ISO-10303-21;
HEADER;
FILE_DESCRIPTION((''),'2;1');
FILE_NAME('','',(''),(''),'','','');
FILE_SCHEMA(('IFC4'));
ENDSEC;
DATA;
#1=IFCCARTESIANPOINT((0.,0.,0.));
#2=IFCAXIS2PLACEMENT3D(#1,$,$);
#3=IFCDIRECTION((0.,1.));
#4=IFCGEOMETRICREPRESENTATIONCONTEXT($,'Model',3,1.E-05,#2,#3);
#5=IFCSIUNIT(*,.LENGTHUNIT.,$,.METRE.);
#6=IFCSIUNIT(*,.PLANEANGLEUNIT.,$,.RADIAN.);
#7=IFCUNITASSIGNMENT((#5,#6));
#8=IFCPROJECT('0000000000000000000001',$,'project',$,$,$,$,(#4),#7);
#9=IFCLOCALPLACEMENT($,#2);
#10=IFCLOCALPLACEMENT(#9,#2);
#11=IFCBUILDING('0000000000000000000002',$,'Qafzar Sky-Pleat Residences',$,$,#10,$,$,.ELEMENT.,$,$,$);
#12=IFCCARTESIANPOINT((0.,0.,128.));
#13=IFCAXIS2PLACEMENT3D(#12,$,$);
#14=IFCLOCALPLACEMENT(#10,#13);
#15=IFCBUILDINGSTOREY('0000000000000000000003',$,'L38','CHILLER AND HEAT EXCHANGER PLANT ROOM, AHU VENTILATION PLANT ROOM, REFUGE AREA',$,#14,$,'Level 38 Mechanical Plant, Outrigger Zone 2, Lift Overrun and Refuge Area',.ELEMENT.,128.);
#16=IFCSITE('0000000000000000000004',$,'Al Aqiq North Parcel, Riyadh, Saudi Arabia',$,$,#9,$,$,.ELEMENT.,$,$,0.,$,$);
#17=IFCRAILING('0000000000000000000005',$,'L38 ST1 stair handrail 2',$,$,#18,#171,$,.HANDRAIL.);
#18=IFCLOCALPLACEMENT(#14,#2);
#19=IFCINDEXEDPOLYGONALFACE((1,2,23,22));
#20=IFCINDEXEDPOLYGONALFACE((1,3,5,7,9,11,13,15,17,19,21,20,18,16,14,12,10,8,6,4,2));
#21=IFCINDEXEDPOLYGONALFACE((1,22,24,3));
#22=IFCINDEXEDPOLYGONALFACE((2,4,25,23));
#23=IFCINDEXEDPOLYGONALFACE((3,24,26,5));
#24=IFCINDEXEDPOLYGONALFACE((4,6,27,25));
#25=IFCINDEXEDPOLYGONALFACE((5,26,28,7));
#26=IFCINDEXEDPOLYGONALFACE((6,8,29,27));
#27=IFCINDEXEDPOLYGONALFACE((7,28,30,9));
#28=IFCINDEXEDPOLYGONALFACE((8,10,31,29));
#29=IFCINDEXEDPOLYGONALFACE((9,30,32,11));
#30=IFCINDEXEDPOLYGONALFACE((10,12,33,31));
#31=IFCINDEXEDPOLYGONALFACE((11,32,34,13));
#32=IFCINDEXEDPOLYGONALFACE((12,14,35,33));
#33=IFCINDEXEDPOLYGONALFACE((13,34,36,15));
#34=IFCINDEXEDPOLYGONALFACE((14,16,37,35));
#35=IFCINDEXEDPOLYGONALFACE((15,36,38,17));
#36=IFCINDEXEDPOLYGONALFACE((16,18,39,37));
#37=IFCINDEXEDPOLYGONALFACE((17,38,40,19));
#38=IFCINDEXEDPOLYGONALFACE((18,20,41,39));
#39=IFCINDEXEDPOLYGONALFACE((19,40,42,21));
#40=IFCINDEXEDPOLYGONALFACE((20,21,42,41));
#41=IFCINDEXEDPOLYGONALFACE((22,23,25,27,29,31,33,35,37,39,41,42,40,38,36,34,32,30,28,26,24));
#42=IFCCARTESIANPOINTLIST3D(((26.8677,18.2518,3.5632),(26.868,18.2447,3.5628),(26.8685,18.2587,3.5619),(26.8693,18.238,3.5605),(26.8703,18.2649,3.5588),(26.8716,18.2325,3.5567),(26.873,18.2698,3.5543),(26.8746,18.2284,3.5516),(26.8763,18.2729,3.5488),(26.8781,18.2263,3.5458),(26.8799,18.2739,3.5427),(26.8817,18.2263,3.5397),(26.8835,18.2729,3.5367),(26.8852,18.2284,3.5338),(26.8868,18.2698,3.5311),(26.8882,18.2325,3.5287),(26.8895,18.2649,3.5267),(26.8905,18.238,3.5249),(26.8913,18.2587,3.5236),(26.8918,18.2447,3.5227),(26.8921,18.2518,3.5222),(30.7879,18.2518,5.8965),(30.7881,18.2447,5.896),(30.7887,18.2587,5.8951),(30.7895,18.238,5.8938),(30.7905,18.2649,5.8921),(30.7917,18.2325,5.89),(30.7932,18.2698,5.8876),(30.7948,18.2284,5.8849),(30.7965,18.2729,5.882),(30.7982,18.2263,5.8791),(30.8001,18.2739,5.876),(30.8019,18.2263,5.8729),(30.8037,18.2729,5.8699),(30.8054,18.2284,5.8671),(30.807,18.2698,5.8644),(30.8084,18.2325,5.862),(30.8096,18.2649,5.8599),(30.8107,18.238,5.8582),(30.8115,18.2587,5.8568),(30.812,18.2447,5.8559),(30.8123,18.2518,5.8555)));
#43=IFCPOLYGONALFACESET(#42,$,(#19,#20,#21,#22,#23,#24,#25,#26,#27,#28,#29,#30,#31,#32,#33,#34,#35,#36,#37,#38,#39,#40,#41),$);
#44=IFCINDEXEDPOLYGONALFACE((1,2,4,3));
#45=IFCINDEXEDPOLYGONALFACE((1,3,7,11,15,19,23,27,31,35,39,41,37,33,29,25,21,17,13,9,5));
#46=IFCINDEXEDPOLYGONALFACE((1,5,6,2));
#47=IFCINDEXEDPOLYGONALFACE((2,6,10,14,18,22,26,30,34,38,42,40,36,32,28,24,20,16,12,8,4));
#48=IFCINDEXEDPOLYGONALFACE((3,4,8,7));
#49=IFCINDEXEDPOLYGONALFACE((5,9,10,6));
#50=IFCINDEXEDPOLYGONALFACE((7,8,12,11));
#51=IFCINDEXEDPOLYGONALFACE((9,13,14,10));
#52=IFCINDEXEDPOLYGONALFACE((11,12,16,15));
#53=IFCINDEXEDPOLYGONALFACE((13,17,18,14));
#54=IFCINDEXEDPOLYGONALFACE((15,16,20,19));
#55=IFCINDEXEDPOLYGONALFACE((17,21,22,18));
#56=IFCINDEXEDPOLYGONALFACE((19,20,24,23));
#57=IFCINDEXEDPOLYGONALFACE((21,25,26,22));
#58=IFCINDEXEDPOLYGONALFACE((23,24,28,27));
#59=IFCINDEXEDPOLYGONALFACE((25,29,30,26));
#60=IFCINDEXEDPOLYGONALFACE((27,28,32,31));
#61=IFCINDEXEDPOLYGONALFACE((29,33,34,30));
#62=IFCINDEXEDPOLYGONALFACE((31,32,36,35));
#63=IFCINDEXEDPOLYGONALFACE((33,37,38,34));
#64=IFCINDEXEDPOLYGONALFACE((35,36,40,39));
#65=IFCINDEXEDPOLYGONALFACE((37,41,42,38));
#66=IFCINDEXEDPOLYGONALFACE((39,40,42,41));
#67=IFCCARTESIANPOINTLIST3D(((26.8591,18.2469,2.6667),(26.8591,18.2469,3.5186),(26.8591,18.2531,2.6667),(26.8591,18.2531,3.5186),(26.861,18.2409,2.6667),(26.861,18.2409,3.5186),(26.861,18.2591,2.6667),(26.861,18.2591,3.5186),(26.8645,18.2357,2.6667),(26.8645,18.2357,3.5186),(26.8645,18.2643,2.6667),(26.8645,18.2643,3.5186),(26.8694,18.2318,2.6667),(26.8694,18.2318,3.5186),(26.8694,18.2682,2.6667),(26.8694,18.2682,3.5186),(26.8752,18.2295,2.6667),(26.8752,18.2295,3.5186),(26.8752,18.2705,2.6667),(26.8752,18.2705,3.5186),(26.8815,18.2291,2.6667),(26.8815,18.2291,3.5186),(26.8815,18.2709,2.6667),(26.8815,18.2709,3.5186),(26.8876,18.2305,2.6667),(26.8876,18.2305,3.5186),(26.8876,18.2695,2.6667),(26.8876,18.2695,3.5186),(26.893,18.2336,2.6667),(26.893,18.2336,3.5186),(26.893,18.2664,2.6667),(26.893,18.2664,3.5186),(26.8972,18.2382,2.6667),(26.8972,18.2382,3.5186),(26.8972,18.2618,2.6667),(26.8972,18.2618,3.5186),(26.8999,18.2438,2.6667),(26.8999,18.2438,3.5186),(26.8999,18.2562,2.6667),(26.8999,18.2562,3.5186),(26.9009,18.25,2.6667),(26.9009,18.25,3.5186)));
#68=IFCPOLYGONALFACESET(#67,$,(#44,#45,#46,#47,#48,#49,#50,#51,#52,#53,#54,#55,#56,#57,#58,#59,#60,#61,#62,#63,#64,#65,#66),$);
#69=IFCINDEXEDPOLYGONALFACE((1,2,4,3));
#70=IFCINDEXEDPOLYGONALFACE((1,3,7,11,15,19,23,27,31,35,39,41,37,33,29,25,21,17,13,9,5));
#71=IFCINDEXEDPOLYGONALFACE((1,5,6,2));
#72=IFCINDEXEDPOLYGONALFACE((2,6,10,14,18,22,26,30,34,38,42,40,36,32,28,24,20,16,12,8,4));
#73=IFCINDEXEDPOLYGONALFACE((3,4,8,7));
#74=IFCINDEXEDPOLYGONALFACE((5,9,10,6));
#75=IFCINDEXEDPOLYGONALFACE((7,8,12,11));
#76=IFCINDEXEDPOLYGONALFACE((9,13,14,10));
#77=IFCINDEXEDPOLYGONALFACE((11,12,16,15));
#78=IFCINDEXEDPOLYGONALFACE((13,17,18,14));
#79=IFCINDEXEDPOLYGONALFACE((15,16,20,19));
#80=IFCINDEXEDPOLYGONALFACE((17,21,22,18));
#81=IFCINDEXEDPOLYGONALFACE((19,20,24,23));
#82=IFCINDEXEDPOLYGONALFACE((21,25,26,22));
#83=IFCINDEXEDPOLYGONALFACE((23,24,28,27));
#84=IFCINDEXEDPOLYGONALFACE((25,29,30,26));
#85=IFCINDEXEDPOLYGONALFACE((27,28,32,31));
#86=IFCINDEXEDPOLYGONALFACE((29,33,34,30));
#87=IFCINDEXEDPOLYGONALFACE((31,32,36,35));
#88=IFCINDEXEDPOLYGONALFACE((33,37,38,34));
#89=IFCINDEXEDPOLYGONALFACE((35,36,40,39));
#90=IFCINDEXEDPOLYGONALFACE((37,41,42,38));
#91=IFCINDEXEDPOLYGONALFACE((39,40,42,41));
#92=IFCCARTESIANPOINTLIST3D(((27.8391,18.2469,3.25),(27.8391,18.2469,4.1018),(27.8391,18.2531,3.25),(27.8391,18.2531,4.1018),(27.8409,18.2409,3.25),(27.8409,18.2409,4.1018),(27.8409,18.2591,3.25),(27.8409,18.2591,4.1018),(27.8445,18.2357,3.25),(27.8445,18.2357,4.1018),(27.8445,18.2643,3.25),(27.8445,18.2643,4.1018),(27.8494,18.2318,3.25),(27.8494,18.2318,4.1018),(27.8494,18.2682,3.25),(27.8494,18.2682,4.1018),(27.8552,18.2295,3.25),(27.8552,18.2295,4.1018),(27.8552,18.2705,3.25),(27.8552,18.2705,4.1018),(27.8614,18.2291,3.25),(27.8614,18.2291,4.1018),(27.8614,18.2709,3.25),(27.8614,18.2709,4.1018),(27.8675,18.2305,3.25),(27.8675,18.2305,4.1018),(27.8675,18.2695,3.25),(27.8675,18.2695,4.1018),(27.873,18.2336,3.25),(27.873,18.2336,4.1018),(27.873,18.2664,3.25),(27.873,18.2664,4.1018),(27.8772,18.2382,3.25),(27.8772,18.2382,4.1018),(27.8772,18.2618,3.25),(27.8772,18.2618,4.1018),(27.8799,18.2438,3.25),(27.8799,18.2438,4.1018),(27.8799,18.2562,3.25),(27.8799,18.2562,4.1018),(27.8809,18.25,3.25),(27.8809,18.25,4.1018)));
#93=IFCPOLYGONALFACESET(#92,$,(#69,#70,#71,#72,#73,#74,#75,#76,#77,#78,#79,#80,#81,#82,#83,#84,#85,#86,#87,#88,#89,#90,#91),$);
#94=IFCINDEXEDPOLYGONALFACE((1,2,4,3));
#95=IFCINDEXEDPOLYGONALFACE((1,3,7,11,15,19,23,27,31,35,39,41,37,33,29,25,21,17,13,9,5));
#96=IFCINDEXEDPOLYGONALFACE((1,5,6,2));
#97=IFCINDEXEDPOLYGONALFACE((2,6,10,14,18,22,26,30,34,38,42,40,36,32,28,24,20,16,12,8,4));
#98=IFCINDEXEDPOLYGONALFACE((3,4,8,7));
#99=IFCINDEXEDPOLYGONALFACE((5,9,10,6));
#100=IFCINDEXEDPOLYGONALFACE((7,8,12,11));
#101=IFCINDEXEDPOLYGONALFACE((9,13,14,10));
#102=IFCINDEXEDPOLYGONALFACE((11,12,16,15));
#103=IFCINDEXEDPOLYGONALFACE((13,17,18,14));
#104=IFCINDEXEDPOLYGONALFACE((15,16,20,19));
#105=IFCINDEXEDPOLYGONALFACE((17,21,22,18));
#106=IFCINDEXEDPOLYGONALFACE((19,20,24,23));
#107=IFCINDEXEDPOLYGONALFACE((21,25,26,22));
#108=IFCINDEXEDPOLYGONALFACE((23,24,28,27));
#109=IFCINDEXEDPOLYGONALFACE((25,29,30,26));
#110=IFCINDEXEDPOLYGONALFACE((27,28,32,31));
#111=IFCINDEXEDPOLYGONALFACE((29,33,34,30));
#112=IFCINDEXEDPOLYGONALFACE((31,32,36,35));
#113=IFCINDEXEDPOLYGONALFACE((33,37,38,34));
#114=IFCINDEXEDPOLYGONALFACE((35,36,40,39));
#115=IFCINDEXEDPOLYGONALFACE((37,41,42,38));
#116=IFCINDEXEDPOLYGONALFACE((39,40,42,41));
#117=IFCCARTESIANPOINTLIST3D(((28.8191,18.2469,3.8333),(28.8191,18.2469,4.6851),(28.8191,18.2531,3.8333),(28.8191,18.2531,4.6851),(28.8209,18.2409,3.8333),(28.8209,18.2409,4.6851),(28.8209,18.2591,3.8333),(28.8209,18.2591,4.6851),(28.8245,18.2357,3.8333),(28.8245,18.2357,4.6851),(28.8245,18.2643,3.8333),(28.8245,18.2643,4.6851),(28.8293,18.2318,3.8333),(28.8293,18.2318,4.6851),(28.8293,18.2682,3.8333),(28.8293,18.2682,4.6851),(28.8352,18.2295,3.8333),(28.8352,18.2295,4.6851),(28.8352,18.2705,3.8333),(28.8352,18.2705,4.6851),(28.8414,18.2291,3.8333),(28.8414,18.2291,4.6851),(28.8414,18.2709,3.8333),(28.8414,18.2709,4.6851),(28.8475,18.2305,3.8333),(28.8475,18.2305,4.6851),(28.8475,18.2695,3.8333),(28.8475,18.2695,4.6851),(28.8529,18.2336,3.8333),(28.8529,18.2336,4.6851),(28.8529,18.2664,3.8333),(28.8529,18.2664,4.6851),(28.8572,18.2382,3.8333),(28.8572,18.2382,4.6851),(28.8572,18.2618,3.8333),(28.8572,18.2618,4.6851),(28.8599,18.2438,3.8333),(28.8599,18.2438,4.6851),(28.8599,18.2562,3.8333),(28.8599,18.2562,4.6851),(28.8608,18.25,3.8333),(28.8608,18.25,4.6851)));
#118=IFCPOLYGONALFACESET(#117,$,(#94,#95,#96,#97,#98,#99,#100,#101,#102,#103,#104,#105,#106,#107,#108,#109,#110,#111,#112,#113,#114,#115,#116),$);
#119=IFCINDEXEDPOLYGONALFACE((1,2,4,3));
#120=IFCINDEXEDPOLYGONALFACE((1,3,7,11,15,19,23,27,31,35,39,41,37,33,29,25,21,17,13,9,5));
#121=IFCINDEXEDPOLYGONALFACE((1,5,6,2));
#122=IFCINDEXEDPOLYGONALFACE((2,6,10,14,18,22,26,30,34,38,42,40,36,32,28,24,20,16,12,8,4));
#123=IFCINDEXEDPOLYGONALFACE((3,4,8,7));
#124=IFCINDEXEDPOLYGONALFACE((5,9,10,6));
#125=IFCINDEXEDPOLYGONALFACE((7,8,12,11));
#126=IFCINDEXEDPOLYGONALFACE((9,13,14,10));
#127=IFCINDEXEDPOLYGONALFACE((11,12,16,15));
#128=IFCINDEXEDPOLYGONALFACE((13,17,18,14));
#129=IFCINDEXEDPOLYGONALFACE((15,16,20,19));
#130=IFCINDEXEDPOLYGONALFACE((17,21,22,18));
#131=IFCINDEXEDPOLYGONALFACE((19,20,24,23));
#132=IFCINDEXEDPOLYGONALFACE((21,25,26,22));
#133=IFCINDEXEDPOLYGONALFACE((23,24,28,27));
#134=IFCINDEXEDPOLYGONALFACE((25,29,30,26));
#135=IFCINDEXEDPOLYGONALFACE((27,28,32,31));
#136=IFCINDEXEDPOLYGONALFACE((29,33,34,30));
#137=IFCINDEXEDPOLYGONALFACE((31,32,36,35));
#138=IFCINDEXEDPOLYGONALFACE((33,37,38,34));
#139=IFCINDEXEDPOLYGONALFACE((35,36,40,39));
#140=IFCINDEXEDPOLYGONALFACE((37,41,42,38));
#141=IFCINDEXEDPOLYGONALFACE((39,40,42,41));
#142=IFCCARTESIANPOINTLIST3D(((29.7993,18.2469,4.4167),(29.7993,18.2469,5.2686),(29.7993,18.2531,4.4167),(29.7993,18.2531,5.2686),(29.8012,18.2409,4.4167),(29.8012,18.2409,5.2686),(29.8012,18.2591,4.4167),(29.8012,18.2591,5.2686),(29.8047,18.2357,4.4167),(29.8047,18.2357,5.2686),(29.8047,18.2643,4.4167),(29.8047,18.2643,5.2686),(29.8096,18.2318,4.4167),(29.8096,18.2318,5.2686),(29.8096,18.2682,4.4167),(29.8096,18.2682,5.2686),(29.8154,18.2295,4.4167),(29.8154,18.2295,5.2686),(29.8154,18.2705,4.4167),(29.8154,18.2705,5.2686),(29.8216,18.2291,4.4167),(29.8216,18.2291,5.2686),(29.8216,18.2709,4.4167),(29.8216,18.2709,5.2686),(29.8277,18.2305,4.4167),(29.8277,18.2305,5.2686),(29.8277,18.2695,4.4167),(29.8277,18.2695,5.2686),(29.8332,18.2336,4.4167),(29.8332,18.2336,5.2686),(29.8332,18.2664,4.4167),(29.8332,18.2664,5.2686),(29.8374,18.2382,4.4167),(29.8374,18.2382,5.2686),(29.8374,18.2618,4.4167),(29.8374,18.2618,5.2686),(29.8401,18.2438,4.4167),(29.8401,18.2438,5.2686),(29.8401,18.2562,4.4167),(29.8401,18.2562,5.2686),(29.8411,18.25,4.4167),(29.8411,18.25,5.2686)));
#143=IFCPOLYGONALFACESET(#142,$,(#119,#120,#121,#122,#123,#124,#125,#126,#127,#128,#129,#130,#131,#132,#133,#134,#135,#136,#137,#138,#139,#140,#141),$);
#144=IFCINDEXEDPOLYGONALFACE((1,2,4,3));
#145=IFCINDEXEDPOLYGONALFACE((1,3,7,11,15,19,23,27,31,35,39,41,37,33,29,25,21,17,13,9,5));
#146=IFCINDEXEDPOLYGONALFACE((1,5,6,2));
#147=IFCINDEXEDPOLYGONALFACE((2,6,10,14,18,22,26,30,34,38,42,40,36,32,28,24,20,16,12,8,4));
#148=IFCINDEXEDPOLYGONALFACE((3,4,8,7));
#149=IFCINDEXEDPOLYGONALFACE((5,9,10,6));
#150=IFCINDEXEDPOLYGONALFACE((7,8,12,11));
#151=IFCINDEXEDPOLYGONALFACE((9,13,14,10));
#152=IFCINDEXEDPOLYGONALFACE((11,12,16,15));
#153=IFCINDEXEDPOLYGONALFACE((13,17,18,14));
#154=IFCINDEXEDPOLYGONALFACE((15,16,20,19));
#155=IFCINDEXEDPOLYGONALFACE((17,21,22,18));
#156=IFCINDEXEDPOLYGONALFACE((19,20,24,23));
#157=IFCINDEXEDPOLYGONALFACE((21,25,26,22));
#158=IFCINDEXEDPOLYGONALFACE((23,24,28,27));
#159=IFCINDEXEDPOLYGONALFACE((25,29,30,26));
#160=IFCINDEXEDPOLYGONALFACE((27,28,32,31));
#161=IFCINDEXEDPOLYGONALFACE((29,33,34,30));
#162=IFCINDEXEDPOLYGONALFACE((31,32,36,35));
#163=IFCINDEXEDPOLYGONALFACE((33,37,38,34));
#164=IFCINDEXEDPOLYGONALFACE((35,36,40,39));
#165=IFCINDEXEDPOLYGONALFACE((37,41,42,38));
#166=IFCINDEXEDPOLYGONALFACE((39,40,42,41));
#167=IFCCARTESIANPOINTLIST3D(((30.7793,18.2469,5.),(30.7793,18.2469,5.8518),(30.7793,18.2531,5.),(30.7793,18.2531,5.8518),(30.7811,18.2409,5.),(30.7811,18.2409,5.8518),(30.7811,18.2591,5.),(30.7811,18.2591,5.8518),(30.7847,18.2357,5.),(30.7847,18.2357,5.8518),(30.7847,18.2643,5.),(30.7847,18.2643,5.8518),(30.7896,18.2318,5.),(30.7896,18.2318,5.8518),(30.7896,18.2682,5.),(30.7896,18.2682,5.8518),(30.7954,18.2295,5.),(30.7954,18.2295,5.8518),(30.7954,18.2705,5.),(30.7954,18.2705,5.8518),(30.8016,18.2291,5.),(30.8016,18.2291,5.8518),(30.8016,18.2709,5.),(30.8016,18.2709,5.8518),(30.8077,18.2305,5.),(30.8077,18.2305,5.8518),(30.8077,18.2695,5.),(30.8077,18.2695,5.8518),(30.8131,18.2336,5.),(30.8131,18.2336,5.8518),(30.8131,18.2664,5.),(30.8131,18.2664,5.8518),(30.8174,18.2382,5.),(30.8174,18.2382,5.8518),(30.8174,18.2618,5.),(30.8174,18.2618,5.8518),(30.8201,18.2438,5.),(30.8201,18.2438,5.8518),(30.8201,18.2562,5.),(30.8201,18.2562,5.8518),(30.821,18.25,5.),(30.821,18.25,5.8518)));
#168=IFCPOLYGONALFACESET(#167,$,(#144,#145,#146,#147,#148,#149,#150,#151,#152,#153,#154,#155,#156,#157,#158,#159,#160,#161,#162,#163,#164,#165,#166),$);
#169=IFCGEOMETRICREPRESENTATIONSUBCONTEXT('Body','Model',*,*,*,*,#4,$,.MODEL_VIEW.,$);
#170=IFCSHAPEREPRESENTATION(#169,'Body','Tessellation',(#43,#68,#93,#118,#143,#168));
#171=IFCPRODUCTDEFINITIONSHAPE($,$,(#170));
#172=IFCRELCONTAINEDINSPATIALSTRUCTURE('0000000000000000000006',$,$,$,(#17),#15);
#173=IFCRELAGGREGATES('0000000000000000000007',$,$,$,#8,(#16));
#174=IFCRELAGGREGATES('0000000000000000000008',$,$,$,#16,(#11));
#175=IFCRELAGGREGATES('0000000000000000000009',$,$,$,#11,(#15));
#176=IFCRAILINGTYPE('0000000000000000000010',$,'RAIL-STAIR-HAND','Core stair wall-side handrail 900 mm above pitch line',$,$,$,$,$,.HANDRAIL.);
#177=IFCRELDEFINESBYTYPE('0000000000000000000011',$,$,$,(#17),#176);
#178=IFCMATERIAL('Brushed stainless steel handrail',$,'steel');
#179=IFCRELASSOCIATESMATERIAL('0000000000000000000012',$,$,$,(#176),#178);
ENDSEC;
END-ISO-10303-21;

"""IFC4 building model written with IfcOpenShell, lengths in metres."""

from ifc_helpers import new_model, si_unit, direction, frame, origin, origin_2d, place, context, subcontext, project, spatial, circle, extrude, source, transform, mapped, material, type_object, element, save


model = new_model("IFC4")

# Units and contexts
model_context = context("Model", 3, precision=1e-05, world=origin(), true_north=direction((0.0, 1.0)))
body_context = subcontext(model_context, "Body", "Model", "MODEL_VIEW")
ifc_project = project(units=[si_unit("LENGTHUNIT", "METRE"), si_unit("PLANEANGLEUNIT", "RADIAN")], contexts=[model_context])

# Site, building, storey
site_placement = place(None, origin())
site = spatial("IfcSite", under=ifc_project, at=site_placement, Name="Al Aqiq North Parcel, Riyadh, Saudi Arabia", CompositionType="ELEMENT", RefElevation=0.0)
building_placement = place(site_placement, origin())
building = spatial("IfcBuilding", under=site, at=building_placement, Name="Qafzar Sky-Pleat Residences", CompositionType="ELEMENT")
storey_placement = place(building_placement, frame((0.0, 0.0, 128.0)))
storey = spatial("IfcBuildingStorey", under=building, at=storey_placement, Name="L38", Description="CHILLER AND HEAT EXCHANGER PLANT ROOM, AHU VENTILATION PLANT ROOM, REFUGE AREA", LongName="Level 38 Mechanical Plant, Outrigger Zone 2, Lift Overrun and Refuge Area", CompositionType="ELEMENT", Elevation=128.0)

# Railing
ifc_material_1 = material(Name="Brushed stainless steel handrail", Category="steel")
railing_type_1 = type_object("IfcRailingType", Name="RAIL-STAIR-HAND", Description="Core stair wall-side handrail 900 mm above pitch line", PredefinedType="HANDRAIL", material=ifc_material_1)
shared_shape_1 = source(origin(), body_context, "Body", "SweptSolid", [
    extrude(circle(Radius=0.0239, at=origin_2d()), frame((0.0, 0.0, 0.876), z_axis=(0.85931, 0.0, 0.511455), x_axis=(0.0, 1.0, 0.0)), (0.0, 0.0, 1.0), 4.562),
    extrude(circle(Radius=0.021, at=origin_2d()), origin(), (0.0, 0.0, 1.0), 0.8518),
    extrude(circle(Radius=0.021, at=origin_2d()), frame((0.98, 0.0, 0.5833)), (0.0, 0.0, 1.0), 0.8518),
    extrude(circle(Radius=0.021, at=origin_2d()), frame((1.96, 0.0, 1.1665)), (0.0, 0.0, 1.0), 0.8518),
    extrude(circle(Radius=0.021, at=origin_2d()), frame((2.9402, 0.0, 1.75)), (0.0, 0.0, 1.0), 0.8518),
    extrude(circle(Radius=0.021, at=origin_2d()), frame((3.9202, 0.0, 2.3333)), (0.0, 0.0, 1.0), 0.8518),
])
railing_1_placement = place(storey_placement, frame((26.8799, 18.25, 2.6667)))
element("IfcRailing", 1, at=railing_1_placement, inside=storey, type_object=railing_type_1, Name="L38 ST1 stair handrail 2", PredefinedType="HANDRAIL", context=body_context, shape_type="MappedRepresentation", body=[
    mapped(shared_shape_1, transform((0.0, 0.0, 0.0), x_axis=(1.0, 0.0, 0.0), y_axis=(0.0, 1.0, 0.0), z_axis=(0.0, 0.0, 1.0), scale=1.0)),
])

save(model, "model.ifc")
